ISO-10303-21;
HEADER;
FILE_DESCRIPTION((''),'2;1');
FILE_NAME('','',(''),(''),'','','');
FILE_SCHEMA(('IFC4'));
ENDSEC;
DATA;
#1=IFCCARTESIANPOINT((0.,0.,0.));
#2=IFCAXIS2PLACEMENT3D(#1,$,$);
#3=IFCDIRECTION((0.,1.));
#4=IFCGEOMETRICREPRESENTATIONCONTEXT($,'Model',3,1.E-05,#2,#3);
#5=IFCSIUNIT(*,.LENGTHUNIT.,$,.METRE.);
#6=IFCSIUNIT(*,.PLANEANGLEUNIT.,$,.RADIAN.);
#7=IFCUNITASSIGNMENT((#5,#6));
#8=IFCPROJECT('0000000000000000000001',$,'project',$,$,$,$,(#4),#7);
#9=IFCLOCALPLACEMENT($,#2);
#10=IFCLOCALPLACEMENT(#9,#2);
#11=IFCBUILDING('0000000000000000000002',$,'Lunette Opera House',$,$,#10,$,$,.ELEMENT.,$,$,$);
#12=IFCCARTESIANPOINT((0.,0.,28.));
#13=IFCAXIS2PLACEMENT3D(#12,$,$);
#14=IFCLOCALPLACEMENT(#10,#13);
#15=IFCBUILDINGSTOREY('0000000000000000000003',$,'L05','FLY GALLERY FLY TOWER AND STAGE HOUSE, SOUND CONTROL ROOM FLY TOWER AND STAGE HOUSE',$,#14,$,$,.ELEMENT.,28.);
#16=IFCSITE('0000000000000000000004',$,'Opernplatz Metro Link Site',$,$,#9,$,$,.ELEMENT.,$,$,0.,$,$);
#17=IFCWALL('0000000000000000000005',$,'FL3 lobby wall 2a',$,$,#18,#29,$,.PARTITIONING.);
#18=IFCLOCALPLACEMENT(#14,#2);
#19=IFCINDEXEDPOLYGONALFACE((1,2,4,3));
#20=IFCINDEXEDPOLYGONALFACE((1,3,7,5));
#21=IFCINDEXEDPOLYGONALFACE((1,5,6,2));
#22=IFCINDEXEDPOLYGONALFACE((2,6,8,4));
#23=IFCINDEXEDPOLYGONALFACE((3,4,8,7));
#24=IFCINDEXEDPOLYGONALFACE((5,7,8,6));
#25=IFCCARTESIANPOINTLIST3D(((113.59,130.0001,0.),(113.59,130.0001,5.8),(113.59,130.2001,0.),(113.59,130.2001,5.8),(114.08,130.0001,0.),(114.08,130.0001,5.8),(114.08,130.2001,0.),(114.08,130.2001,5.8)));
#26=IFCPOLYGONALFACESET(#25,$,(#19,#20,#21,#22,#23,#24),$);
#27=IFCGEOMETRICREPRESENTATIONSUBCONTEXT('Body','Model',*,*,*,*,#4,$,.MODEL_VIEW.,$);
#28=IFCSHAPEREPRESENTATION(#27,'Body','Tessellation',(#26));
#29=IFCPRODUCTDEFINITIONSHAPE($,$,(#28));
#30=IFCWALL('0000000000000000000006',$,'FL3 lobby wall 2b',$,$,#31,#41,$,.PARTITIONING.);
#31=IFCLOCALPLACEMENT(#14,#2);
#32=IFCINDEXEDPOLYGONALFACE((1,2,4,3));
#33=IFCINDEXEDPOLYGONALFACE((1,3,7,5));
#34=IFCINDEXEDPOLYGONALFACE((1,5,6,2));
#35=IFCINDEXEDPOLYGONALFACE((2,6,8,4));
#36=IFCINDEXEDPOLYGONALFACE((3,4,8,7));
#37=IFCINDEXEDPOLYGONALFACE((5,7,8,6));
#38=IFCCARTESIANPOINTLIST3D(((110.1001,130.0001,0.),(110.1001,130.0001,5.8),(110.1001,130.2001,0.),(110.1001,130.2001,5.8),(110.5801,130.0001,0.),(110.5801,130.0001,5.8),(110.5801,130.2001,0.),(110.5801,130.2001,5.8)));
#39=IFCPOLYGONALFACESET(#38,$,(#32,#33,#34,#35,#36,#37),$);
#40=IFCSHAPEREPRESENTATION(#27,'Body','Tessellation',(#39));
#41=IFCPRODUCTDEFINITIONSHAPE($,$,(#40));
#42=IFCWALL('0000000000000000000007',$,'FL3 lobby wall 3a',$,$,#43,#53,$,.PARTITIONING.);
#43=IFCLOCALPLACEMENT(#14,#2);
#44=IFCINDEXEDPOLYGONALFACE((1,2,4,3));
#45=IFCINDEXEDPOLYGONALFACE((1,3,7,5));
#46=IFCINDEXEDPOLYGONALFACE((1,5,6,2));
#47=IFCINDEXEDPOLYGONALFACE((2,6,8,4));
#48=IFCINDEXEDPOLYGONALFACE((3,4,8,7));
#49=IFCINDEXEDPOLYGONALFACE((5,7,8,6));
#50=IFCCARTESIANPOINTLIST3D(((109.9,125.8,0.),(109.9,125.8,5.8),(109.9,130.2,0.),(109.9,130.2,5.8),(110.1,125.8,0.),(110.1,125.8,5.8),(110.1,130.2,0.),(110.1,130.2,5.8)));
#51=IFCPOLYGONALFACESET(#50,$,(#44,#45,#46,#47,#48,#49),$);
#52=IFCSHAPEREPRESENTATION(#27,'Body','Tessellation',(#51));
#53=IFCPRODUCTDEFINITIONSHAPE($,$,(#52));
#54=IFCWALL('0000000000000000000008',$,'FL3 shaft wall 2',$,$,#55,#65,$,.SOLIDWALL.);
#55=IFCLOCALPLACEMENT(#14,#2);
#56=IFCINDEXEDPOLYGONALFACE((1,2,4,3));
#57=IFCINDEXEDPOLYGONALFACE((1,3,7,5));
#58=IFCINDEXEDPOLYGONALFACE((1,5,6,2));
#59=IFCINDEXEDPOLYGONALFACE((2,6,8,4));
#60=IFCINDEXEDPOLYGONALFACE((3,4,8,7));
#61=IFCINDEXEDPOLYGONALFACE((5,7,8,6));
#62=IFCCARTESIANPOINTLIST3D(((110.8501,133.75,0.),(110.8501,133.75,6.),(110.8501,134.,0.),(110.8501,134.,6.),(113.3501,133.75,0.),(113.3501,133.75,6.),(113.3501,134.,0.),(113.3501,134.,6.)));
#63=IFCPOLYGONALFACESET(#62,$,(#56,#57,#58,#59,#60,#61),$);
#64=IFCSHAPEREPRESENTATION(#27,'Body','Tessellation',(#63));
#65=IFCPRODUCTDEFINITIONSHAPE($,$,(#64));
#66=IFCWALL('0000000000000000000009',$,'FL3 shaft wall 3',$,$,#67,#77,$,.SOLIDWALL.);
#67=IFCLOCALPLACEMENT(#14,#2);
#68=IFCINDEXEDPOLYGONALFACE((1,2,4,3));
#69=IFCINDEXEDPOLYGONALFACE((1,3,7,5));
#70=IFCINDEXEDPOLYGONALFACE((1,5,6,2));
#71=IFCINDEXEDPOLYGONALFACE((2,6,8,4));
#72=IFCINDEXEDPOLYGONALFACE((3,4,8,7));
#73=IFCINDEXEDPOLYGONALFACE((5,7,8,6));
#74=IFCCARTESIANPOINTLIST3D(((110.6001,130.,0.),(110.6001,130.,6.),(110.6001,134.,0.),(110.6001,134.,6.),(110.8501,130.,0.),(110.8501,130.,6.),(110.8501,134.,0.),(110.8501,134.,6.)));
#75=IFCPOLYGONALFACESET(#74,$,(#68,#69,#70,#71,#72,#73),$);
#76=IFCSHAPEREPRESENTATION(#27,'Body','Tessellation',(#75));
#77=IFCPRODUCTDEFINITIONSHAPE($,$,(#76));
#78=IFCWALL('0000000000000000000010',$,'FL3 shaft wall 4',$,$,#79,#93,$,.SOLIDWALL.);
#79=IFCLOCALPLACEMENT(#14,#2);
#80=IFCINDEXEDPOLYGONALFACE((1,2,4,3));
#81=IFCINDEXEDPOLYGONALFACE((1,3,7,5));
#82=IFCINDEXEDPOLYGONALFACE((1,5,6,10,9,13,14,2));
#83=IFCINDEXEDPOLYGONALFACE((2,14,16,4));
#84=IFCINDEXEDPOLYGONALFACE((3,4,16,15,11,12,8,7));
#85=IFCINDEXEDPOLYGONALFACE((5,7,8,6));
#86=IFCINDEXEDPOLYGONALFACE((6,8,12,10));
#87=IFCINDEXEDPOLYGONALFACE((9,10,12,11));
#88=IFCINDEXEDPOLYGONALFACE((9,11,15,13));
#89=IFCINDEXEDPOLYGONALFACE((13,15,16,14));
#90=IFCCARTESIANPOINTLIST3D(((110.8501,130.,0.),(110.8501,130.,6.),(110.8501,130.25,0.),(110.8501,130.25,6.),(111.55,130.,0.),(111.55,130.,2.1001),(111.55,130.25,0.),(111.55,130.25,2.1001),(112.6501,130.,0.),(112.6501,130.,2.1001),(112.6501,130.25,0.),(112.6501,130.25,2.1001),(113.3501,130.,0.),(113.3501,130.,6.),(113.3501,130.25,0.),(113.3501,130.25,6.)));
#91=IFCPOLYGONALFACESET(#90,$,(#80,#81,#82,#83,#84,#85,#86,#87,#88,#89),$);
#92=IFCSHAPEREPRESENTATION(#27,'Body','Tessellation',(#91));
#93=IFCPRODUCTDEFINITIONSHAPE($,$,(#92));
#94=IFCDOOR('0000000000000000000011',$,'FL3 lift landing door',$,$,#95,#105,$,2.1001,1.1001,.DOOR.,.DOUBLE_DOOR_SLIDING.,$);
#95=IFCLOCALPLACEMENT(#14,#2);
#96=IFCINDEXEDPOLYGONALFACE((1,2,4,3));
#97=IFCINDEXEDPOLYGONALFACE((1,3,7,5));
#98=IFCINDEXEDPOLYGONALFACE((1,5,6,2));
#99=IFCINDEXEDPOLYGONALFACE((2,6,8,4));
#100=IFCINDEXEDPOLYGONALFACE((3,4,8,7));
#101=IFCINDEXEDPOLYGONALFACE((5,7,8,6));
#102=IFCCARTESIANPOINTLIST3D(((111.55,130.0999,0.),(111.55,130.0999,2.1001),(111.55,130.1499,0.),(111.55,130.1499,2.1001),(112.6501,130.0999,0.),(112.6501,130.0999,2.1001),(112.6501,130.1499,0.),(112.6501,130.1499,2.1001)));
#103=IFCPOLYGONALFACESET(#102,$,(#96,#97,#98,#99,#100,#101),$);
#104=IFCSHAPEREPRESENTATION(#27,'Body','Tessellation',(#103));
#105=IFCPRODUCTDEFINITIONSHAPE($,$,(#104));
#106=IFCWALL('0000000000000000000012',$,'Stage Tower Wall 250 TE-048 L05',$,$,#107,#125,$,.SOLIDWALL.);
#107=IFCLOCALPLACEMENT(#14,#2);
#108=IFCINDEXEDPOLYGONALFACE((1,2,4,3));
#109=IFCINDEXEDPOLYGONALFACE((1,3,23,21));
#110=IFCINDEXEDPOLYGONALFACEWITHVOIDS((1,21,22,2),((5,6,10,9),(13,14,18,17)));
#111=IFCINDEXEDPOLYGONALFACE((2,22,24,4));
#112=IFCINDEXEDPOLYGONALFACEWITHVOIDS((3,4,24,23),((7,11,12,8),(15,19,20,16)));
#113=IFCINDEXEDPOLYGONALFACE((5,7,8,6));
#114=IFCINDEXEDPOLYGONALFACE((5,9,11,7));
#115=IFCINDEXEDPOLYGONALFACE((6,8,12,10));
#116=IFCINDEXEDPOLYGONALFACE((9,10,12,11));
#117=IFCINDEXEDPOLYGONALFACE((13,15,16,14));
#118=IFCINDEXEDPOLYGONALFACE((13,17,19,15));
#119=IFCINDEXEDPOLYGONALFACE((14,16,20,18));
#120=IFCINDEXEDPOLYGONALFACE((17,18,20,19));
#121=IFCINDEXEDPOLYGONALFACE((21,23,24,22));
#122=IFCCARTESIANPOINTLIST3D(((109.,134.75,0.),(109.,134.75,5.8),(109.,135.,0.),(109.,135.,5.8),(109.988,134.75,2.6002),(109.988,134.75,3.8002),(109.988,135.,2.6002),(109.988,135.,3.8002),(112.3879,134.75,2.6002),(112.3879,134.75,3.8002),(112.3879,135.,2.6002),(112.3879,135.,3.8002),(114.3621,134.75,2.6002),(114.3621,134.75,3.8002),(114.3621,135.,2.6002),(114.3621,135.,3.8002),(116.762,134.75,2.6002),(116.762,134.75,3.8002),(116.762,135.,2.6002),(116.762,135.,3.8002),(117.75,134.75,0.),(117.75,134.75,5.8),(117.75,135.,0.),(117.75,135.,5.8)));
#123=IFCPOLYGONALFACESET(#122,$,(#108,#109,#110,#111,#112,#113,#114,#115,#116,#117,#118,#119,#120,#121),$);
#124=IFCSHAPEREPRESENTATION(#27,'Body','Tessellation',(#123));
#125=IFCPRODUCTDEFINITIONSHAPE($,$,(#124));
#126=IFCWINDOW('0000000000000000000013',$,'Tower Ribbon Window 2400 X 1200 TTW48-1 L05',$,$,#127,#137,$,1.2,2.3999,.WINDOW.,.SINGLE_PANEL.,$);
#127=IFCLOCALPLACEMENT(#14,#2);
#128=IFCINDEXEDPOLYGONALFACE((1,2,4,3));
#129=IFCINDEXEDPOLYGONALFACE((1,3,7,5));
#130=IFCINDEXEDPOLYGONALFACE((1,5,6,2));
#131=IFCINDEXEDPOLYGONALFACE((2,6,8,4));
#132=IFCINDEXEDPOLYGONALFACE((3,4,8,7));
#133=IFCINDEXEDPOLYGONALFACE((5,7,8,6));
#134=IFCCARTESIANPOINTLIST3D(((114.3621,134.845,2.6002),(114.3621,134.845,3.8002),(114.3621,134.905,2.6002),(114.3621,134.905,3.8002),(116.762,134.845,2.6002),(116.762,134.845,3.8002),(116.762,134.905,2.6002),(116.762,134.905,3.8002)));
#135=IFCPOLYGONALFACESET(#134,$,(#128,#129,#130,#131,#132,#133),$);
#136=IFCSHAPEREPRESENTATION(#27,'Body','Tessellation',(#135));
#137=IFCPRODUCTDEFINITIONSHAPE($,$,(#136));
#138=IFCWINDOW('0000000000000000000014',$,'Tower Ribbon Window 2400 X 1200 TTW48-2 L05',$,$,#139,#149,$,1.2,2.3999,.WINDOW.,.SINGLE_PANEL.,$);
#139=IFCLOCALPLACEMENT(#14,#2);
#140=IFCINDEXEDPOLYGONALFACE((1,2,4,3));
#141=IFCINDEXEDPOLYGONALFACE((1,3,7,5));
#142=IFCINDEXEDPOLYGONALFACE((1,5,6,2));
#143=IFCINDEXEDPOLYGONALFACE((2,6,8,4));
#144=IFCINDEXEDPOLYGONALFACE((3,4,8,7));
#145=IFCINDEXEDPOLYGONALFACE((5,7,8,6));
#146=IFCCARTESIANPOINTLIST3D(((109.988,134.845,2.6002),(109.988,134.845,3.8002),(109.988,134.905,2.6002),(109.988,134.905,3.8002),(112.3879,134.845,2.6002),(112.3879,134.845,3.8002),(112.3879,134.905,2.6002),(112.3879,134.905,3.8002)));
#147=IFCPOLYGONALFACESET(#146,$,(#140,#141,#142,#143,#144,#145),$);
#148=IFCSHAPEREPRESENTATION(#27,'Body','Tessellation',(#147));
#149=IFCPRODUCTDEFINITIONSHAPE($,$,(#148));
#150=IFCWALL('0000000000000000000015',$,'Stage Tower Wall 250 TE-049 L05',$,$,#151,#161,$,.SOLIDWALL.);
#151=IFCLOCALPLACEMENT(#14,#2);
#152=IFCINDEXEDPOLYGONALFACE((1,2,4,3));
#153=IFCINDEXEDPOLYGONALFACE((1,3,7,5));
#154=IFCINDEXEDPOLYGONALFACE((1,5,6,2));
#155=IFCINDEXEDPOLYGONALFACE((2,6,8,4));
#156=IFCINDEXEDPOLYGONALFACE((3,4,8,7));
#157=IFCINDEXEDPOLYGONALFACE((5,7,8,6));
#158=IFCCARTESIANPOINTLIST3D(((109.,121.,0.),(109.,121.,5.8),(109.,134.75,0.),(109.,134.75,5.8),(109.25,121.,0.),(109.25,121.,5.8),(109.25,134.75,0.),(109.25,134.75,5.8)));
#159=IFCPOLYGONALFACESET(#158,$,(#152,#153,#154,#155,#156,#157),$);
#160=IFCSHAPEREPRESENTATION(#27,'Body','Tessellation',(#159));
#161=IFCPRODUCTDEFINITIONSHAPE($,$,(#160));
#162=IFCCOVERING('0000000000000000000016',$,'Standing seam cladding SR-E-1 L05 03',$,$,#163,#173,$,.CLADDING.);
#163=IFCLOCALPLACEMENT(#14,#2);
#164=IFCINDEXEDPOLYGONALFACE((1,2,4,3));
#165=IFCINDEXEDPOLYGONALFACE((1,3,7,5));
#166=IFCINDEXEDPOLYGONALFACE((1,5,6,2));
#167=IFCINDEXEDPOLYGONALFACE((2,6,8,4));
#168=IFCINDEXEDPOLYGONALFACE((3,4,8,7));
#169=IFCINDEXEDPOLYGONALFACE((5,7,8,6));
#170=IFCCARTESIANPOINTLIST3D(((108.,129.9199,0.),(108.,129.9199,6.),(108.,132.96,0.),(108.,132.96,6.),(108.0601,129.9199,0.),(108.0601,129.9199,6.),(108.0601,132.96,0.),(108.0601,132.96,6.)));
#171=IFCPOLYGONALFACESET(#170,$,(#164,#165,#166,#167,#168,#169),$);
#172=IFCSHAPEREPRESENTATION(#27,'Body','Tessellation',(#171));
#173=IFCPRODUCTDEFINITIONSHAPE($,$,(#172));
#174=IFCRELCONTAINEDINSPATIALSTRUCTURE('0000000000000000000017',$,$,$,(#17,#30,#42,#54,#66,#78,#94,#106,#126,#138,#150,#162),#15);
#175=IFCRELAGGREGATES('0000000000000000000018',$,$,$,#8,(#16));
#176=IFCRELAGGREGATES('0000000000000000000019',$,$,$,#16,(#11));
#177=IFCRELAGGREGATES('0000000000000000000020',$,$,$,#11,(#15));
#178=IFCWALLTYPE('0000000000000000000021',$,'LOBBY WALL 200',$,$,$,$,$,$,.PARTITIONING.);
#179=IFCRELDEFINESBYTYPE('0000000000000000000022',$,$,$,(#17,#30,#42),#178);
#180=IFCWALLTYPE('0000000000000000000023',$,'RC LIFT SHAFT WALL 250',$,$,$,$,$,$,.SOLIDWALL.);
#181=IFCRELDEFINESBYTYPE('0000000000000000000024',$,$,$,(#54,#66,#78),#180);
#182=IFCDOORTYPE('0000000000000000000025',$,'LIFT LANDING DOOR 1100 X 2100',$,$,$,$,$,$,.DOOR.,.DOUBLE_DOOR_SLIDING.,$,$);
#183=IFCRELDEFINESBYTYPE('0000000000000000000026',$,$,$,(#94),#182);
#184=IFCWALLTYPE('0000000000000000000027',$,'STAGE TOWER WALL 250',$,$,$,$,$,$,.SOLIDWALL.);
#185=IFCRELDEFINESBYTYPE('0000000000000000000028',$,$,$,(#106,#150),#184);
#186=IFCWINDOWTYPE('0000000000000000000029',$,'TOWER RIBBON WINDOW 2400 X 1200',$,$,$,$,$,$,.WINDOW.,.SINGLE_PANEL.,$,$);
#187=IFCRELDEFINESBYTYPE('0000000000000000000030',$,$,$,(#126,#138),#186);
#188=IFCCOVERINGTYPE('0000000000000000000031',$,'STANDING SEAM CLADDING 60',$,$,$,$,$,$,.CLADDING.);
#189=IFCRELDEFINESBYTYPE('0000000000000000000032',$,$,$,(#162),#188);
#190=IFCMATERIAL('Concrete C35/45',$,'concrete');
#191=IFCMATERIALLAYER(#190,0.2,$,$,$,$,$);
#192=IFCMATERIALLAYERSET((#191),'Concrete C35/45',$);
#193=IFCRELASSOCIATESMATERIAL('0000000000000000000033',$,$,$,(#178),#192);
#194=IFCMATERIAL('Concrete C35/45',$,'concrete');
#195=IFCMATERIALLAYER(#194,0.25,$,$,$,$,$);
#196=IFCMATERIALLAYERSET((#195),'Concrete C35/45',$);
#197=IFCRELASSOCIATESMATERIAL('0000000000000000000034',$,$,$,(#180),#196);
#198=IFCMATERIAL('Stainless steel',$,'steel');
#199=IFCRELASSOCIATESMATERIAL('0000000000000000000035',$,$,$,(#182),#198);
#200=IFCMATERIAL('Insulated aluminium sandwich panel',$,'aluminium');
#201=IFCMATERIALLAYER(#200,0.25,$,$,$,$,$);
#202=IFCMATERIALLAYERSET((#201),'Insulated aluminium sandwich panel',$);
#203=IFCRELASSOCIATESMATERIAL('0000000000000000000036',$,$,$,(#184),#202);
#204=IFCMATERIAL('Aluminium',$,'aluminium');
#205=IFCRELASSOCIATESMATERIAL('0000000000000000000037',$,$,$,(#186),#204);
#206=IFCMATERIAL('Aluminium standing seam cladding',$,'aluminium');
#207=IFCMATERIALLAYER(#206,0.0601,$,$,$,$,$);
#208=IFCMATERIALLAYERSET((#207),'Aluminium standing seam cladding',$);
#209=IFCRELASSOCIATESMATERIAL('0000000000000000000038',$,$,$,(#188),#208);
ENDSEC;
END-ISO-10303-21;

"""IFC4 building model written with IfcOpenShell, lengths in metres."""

from ifc_helpers import new_model, si_unit, direction, frame, frame_2d, origin, origin_2d, place, context, subcontext, project, spatial, rectangle, extrude, material, layer, layer_set, type_object, element, fill, save


model = new_model("IFC4")

# Units and contexts
model_context = context("Model", 3, precision=1e-05, world=origin(), true_north=direction((0.0, 1.0)))
body_context = subcontext(model_context, "Body", "Model", "MODEL_VIEW")
ifc_project = project(units=[si_unit("LENGTHUNIT", "METRE"), si_unit("PLANEANGLEUNIT", "RADIAN")], contexts=[model_context])

# Site, building, storey
site_placement = place(None, origin())
site = spatial("IfcSite", under=ifc_project, at=site_placement, Name="Opernplatz Metro Link Site", CompositionType="ELEMENT", RefElevation=0.0)
building_placement = place(site_placement, origin())
building = spatial("IfcBuilding", under=site, at=building_placement, Name="Lunette Opera House", CompositionType="ELEMENT")
storey_placement = place(building_placement, frame((0.0, 0.0, 28.0)))
storey = spatial("IfcBuildingStorey", under=building, at=storey_placement, Name="L05", Description="FLY GALLERY FLY TOWER AND STAGE HOUSE, SOUND CONTROL ROOM FLY TOWER AND STAGE HOUSE", CompositionType="ELEMENT", Elevation=28.0)

# Walls
ifc_material_1 = material(Name="Concrete C35/45", Category="concrete")
ifc_layer_1 = layer(ifc_material_1, 0.2)
ifc_layer_set_1 = layer_set([ifc_layer_1], Name="Concrete C35/45")
wall_type_1 = type_object("IfcWallType", Name="LOBBY WALL 200", PredefinedType="PARTITIONING", material=ifc_layer_set_1)
wall_1_placement = place(storey_placement, frame((114.0801, 130.1001, 0.0), z_axis=(0.0, 0.0, 1.0), x_axis=(-1.0, 0.0, 0.0)))
element("IfcWall", 1, at=wall_1_placement, inside=storey, type_object=wall_type_1, Name="FL3 lobby wall 2a", PredefinedType="PARTITIONING", context=body_context, shape_type="SweptSolid", body=[
    extrude(rectangle(XDim=0.49, YDim=0.2, at=frame_2d((0.2451, 0.0))), origin(), (0.0, 0.0, 1.0), 5.8),
])
wall_2_placement = place(storey_placement, frame((110.5801, 130.1001, 0.0), z_axis=(0.0, 0.0, 1.0), x_axis=(-1.0, 0.0, 0.0)))
element("IfcWall", 2, at=wall_2_placement, inside=storey, type_object=wall_type_1, Name="FL3 lobby wall 2b", PredefinedType="PARTITIONING", context=body_context, shape_type="SweptSolid", body=[
    extrude(rectangle(XDim=0.48, YDim=0.2, at=frame_2d((0.24, 0.0))), origin(), (0.0, 0.0, 1.0), 5.8),
])
wall_3_placement = place(storey_placement, frame((110.0, 130.2, 0.0), z_axis=(0.0, 0.0, 1.0), x_axis=(0.0, -1.0, 0.0)))
element("IfcWall", 3, at=wall_3_placement, inside=storey, type_object=wall_type_1, Name="FL3 lobby wall 3a", PredefinedType="PARTITIONING", context=body_context, shape_type="SweptSolid", body=[
    extrude(rectangle(XDim=4.3999, YDim=0.2, at=frame_2d((2.2, 0.0))), origin(), (0.0, 0.0, 1.0), 5.8),
])
ifc_material_2 = material(Name="Concrete C35/45", Category="concrete")
ifc_layer_2 = layer(ifc_material_2, 0.25)
ifc_layer_set_2 = layer_set([ifc_layer_2], Name="Concrete C35/45")
wall_type_2 = type_object("IfcWallType", Name="RC LIFT SHAFT WALL 250", PredefinedType="SOLIDWALL", material=ifc_layer_set_2)
wall_4_placement = place(storey_placement, frame((113.3501, 133.875, 0.0), z_axis=(0.0, 0.0, 1.0), x_axis=(-1.0, 0.0, 0.0)))
element("IfcWall", 4, at=wall_4_placement, inside=storey, type_object=wall_type_2, Name="FL3 shaft wall 2", PredefinedType="SOLIDWALL", context=body_context, shape_type="SweptSolid", body=[
    extrude(rectangle(XDim=2.5, YDim=0.25, at=frame_2d((1.25, 0.0))), origin(), (0.0, 0.0, 1.0), 6.0),
])
wall_5_placement = place(storey_placement, frame((110.7251, 134.0, 0.0), z_axis=(0.0, 0.0, 1.0), x_axis=(0.0, -1.0, 0.0)))
element("IfcWall", 5, at=wall_5_placement, inside=storey, type_object=wall_type_2, Name="FL3 shaft wall 3", PredefinedType="SOLIDWALL", context=body_context, shape_type="SweptSolid", body=[
    extrude(rectangle(XDim=4.0, YDim=0.25, at=frame_2d((2.0, 0.0))), origin(), (0.0, 0.0, 1.0), 6.0),
])

# Wall, opening, door
wall_6_placement = place(storey_placement, frame((110.8501, 130.125, 0.0), z_axis=(0.0, 0.0, 1.0), x_axis=(1.0, 0.0, 0.0)))
wall_6 = element("IfcWall", 6, at=wall_6_placement, inside=storey, type_object=wall_type_2, Name="FL3 shaft wall 4", PredefinedType="SOLIDWALL", context=body_context, shape_type="SweptSolid", body=[
    extrude(rectangle(XDim=2.5, YDim=0.25, at=frame_2d((1.25, 0.0))), origin(), (0.0, 0.0, 1.0), 6.0),
])
opening_1_placement = place(wall_6_placement, frame((0.7, 0.0, 0.0)))
opening_1 = element("IfcOpeningElement", 7, at=opening_1_placement, cuts=wall_6, PredefinedType="OPENING", context=body_context, shape_type="SweptSolid", body=[
    extrude(rectangle(XDim=1.1001, YDim=2.1001, at=frame_2d((0.55, 1.05))), frame((0.0, 0.137, 0.0), z_axis=(0.0, -1.0, 0.0), x_axis=(1.0, 0.0, 0.0)), (0.0, 0.0, 1.0), 0.2739),
])
ifc_material_3 = material(Name="Stainless steel", Category="steel")
door_type = type_object("IfcDoorType", Name="LIFT LANDING DOOR 1100 X 2100", OperationType="DOUBLE_DOOR_SLIDING", PredefinedType="DOOR", material=ifc_material_3)
door_placement = place(opening_1_placement, origin())
door = element("IfcDoor", 8, at=door_placement, inside=storey, type_object=door_type, Name="FL3 lift landing door", OperationType="DOUBLE_DOOR_SLIDING", OverallHeight=2.1001, OverallWidth=1.1001, PredefinedType="DOOR", context=body_context, shape_type="SweptSolid", body=[
    extrude(rectangle(XDim=1.1001, YDim=2.1001, at=frame_2d((0.55, 1.05))), frame((0.0, 0.0249, 0.0), z_axis=(0.0, -1.0, 0.0), x_axis=(1.0, 0.0, 0.0)), (0.0, 0.0, 1.0), 0.05),
])
fill(opening_1, door)

# Wall, openings, windows
ifc_material_4 = material(Name="Insulated aluminium sandwich panel", Category="aluminium")
ifc_layer_3 = layer(ifc_material_4, 0.25)
ifc_layer_set_3 = layer_set([ifc_layer_3], Name="Insulated aluminium sandwich panel")
wall_type_3 = type_object("IfcWallType", Name="STAGE TOWER WALL 250", PredefinedType="SOLIDWALL", material=ifc_layer_set_3)
wall_7_placement = place(storey_placement, frame((117.75, 134.875, 0.0), z_axis=(0.0, 0.0, 1.0), x_axis=(-1.0, 0.0, 0.0)))
wall_7 = element("IfcWall", 9, at=wall_7_placement, inside=storey, type_object=wall_type_3, Name="Stage Tower Wall 250 TE-048 L05", PredefinedType="SOLIDWALL", context=body_context, shape_type="SweptSolid", body=[
    extrude(rectangle(XDim=8.75, YDim=0.25, at=frame_2d((4.375, 0.0))), origin(), (0.0, 0.0, 1.0), 5.8),
])
opening_2_placement = place(wall_7_placement, frame((0.988, 0.0, 2.6001)))
opening_2 = element("IfcOpeningElement", 10, at=opening_2_placement, cuts=wall_7, PredefinedType="OPENING", context=body_context, shape_type="SweptSolid", body=[
    extrude(rectangle(XDim=2.3999, YDim=1.2, at=frame_2d((1.2, 0.6001))), frame((0.0, 0.137, 0.0), z_axis=(0.0, -1.0, 0.0), x_axis=(1.0, 0.0, 0.0)), (0.0, 0.0, 1.0), 0.2739),
])
opening_3_placement = place(wall_7_placement, frame((5.3621, 0.0, 2.6001)))
opening_3 = element("IfcOpeningElement", 11, at=opening_3_placement, cuts=wall_7, PredefinedType="OPENING", context=body_context, shape_type="SweptSolid", body=[
    extrude(rectangle(XDim=2.3999, YDim=1.2, at=frame_2d((1.2, 0.6001))), frame((0.0, 0.137, 0.0), z_axis=(0.0, -1.0, 0.0), x_axis=(1.0, 0.0, 0.0)), (0.0, 0.0, 1.0), 0.2739),
])
ifc_material_5 = material(Name="Aluminium", Category="aluminium")
window_type = type_object("IfcWindowType", Name="TOWER RIBBON WINDOW 2400 X 1200", PartitioningType="SINGLE_PANEL", PredefinedType="WINDOW", material=ifc_material_5)
window_1_placement = place(opening_2_placement, origin())
window_1 = element("IfcWindow", 12, at=window_1_placement, inside=storey, type_object=window_type, Name="Tower Ribbon Window 2400 X 1200 TTW48-1 L05", OverallHeight=1.2, OverallWidth=2.3999, PartitioningType="SINGLE_PANEL", PredefinedType="WINDOW", context=body_context, shape_type="SweptSolid", body=[
    extrude(rectangle(XDim=2.3999, YDim=1.2, at=frame_2d((1.2, 0.6001))), frame((0.0, 0.03, 0.0), z_axis=(0.0, -1.0, 0.0), x_axis=(1.0, 0.0, 0.0)), (0.0, 0.0, 1.0), 0.0601),
])
fill(opening_2, window_1)
window_2_placement = place(opening_3_placement, origin())
window_2 = element("IfcWindow", 13, at=window_2_placement, inside=storey, type_object=window_type, Name="Tower Ribbon Window 2400 X 1200 TTW48-2 L05", OverallHeight=1.2, OverallWidth=2.3999, PartitioningType="SINGLE_PANEL", PredefinedType="WINDOW", context=body_context, shape_type="SweptSolid", body=[
    extrude(rectangle(XDim=2.3999, YDim=1.2, at=frame_2d((1.2, 0.6001))), frame((0.0, 0.03, 0.0), z_axis=(0.0, -1.0, 0.0), x_axis=(1.0, 0.0, 0.0)), (0.0, 0.0, 1.0), 0.0601),
])
fill(opening_3, window_2)

# Wall
wall_8_placement = place(storey_placement, frame((109.125, 134.75, 0.0), z_axis=(0.0, 0.0, 1.0), x_axis=(0.0, -1.0, 0.0)))
element("IfcWall", 14, at=wall_8_placement, inside=storey, type_object=wall_type_3, Name="Stage Tower Wall 250 TE-049 L05", PredefinedType="SOLIDWALL", context=body_context, shape_type="SweptSolid", body=[
    extrude(rectangle(XDim=13.75, YDim=0.25, at=frame_2d((6.875, 0.0))), origin(), (0.0, 0.0, 1.0), 5.8),
])

# Covering
ifc_material_6 = material(Name="Aluminium standing seam cladding", Category="aluminium")
ifc_layer_4 = layer(ifc_material_6, 0.0601)
ifc_layer_set_4 = layer_set([ifc_layer_4], Name="Aluminium standing seam cladding")
covering_type = type_object("IfcCoveringType", Name="STANDING SEAM CLADDING 60", PredefinedType="CLADDING", material=ifc_layer_set_4)
for number, where, z_axis, x_axis, name in (
    (15, (108.03, 131.4399, 0.0), (0.0, 0.0, 1.0), (0.0, 1.0, 0.0), "Standing seam cladding SR-E-1 L05 03"),
):
    element("IfcCovering", number, at=place(storey_placement, frame(where, z_axis=z_axis, x_axis=x_axis)), inside=storey, type_object=covering_type, Name=name, PredefinedType="CLADDING", context=body_context, shape_type="SweptSolid", body=[
        extrude(rectangle(XDim=3.04, YDim=0.0601, at=origin_2d()), origin(), (0.0, 0.0, 1.0), 6.0),
    ])

save(model, "model.ifc")
